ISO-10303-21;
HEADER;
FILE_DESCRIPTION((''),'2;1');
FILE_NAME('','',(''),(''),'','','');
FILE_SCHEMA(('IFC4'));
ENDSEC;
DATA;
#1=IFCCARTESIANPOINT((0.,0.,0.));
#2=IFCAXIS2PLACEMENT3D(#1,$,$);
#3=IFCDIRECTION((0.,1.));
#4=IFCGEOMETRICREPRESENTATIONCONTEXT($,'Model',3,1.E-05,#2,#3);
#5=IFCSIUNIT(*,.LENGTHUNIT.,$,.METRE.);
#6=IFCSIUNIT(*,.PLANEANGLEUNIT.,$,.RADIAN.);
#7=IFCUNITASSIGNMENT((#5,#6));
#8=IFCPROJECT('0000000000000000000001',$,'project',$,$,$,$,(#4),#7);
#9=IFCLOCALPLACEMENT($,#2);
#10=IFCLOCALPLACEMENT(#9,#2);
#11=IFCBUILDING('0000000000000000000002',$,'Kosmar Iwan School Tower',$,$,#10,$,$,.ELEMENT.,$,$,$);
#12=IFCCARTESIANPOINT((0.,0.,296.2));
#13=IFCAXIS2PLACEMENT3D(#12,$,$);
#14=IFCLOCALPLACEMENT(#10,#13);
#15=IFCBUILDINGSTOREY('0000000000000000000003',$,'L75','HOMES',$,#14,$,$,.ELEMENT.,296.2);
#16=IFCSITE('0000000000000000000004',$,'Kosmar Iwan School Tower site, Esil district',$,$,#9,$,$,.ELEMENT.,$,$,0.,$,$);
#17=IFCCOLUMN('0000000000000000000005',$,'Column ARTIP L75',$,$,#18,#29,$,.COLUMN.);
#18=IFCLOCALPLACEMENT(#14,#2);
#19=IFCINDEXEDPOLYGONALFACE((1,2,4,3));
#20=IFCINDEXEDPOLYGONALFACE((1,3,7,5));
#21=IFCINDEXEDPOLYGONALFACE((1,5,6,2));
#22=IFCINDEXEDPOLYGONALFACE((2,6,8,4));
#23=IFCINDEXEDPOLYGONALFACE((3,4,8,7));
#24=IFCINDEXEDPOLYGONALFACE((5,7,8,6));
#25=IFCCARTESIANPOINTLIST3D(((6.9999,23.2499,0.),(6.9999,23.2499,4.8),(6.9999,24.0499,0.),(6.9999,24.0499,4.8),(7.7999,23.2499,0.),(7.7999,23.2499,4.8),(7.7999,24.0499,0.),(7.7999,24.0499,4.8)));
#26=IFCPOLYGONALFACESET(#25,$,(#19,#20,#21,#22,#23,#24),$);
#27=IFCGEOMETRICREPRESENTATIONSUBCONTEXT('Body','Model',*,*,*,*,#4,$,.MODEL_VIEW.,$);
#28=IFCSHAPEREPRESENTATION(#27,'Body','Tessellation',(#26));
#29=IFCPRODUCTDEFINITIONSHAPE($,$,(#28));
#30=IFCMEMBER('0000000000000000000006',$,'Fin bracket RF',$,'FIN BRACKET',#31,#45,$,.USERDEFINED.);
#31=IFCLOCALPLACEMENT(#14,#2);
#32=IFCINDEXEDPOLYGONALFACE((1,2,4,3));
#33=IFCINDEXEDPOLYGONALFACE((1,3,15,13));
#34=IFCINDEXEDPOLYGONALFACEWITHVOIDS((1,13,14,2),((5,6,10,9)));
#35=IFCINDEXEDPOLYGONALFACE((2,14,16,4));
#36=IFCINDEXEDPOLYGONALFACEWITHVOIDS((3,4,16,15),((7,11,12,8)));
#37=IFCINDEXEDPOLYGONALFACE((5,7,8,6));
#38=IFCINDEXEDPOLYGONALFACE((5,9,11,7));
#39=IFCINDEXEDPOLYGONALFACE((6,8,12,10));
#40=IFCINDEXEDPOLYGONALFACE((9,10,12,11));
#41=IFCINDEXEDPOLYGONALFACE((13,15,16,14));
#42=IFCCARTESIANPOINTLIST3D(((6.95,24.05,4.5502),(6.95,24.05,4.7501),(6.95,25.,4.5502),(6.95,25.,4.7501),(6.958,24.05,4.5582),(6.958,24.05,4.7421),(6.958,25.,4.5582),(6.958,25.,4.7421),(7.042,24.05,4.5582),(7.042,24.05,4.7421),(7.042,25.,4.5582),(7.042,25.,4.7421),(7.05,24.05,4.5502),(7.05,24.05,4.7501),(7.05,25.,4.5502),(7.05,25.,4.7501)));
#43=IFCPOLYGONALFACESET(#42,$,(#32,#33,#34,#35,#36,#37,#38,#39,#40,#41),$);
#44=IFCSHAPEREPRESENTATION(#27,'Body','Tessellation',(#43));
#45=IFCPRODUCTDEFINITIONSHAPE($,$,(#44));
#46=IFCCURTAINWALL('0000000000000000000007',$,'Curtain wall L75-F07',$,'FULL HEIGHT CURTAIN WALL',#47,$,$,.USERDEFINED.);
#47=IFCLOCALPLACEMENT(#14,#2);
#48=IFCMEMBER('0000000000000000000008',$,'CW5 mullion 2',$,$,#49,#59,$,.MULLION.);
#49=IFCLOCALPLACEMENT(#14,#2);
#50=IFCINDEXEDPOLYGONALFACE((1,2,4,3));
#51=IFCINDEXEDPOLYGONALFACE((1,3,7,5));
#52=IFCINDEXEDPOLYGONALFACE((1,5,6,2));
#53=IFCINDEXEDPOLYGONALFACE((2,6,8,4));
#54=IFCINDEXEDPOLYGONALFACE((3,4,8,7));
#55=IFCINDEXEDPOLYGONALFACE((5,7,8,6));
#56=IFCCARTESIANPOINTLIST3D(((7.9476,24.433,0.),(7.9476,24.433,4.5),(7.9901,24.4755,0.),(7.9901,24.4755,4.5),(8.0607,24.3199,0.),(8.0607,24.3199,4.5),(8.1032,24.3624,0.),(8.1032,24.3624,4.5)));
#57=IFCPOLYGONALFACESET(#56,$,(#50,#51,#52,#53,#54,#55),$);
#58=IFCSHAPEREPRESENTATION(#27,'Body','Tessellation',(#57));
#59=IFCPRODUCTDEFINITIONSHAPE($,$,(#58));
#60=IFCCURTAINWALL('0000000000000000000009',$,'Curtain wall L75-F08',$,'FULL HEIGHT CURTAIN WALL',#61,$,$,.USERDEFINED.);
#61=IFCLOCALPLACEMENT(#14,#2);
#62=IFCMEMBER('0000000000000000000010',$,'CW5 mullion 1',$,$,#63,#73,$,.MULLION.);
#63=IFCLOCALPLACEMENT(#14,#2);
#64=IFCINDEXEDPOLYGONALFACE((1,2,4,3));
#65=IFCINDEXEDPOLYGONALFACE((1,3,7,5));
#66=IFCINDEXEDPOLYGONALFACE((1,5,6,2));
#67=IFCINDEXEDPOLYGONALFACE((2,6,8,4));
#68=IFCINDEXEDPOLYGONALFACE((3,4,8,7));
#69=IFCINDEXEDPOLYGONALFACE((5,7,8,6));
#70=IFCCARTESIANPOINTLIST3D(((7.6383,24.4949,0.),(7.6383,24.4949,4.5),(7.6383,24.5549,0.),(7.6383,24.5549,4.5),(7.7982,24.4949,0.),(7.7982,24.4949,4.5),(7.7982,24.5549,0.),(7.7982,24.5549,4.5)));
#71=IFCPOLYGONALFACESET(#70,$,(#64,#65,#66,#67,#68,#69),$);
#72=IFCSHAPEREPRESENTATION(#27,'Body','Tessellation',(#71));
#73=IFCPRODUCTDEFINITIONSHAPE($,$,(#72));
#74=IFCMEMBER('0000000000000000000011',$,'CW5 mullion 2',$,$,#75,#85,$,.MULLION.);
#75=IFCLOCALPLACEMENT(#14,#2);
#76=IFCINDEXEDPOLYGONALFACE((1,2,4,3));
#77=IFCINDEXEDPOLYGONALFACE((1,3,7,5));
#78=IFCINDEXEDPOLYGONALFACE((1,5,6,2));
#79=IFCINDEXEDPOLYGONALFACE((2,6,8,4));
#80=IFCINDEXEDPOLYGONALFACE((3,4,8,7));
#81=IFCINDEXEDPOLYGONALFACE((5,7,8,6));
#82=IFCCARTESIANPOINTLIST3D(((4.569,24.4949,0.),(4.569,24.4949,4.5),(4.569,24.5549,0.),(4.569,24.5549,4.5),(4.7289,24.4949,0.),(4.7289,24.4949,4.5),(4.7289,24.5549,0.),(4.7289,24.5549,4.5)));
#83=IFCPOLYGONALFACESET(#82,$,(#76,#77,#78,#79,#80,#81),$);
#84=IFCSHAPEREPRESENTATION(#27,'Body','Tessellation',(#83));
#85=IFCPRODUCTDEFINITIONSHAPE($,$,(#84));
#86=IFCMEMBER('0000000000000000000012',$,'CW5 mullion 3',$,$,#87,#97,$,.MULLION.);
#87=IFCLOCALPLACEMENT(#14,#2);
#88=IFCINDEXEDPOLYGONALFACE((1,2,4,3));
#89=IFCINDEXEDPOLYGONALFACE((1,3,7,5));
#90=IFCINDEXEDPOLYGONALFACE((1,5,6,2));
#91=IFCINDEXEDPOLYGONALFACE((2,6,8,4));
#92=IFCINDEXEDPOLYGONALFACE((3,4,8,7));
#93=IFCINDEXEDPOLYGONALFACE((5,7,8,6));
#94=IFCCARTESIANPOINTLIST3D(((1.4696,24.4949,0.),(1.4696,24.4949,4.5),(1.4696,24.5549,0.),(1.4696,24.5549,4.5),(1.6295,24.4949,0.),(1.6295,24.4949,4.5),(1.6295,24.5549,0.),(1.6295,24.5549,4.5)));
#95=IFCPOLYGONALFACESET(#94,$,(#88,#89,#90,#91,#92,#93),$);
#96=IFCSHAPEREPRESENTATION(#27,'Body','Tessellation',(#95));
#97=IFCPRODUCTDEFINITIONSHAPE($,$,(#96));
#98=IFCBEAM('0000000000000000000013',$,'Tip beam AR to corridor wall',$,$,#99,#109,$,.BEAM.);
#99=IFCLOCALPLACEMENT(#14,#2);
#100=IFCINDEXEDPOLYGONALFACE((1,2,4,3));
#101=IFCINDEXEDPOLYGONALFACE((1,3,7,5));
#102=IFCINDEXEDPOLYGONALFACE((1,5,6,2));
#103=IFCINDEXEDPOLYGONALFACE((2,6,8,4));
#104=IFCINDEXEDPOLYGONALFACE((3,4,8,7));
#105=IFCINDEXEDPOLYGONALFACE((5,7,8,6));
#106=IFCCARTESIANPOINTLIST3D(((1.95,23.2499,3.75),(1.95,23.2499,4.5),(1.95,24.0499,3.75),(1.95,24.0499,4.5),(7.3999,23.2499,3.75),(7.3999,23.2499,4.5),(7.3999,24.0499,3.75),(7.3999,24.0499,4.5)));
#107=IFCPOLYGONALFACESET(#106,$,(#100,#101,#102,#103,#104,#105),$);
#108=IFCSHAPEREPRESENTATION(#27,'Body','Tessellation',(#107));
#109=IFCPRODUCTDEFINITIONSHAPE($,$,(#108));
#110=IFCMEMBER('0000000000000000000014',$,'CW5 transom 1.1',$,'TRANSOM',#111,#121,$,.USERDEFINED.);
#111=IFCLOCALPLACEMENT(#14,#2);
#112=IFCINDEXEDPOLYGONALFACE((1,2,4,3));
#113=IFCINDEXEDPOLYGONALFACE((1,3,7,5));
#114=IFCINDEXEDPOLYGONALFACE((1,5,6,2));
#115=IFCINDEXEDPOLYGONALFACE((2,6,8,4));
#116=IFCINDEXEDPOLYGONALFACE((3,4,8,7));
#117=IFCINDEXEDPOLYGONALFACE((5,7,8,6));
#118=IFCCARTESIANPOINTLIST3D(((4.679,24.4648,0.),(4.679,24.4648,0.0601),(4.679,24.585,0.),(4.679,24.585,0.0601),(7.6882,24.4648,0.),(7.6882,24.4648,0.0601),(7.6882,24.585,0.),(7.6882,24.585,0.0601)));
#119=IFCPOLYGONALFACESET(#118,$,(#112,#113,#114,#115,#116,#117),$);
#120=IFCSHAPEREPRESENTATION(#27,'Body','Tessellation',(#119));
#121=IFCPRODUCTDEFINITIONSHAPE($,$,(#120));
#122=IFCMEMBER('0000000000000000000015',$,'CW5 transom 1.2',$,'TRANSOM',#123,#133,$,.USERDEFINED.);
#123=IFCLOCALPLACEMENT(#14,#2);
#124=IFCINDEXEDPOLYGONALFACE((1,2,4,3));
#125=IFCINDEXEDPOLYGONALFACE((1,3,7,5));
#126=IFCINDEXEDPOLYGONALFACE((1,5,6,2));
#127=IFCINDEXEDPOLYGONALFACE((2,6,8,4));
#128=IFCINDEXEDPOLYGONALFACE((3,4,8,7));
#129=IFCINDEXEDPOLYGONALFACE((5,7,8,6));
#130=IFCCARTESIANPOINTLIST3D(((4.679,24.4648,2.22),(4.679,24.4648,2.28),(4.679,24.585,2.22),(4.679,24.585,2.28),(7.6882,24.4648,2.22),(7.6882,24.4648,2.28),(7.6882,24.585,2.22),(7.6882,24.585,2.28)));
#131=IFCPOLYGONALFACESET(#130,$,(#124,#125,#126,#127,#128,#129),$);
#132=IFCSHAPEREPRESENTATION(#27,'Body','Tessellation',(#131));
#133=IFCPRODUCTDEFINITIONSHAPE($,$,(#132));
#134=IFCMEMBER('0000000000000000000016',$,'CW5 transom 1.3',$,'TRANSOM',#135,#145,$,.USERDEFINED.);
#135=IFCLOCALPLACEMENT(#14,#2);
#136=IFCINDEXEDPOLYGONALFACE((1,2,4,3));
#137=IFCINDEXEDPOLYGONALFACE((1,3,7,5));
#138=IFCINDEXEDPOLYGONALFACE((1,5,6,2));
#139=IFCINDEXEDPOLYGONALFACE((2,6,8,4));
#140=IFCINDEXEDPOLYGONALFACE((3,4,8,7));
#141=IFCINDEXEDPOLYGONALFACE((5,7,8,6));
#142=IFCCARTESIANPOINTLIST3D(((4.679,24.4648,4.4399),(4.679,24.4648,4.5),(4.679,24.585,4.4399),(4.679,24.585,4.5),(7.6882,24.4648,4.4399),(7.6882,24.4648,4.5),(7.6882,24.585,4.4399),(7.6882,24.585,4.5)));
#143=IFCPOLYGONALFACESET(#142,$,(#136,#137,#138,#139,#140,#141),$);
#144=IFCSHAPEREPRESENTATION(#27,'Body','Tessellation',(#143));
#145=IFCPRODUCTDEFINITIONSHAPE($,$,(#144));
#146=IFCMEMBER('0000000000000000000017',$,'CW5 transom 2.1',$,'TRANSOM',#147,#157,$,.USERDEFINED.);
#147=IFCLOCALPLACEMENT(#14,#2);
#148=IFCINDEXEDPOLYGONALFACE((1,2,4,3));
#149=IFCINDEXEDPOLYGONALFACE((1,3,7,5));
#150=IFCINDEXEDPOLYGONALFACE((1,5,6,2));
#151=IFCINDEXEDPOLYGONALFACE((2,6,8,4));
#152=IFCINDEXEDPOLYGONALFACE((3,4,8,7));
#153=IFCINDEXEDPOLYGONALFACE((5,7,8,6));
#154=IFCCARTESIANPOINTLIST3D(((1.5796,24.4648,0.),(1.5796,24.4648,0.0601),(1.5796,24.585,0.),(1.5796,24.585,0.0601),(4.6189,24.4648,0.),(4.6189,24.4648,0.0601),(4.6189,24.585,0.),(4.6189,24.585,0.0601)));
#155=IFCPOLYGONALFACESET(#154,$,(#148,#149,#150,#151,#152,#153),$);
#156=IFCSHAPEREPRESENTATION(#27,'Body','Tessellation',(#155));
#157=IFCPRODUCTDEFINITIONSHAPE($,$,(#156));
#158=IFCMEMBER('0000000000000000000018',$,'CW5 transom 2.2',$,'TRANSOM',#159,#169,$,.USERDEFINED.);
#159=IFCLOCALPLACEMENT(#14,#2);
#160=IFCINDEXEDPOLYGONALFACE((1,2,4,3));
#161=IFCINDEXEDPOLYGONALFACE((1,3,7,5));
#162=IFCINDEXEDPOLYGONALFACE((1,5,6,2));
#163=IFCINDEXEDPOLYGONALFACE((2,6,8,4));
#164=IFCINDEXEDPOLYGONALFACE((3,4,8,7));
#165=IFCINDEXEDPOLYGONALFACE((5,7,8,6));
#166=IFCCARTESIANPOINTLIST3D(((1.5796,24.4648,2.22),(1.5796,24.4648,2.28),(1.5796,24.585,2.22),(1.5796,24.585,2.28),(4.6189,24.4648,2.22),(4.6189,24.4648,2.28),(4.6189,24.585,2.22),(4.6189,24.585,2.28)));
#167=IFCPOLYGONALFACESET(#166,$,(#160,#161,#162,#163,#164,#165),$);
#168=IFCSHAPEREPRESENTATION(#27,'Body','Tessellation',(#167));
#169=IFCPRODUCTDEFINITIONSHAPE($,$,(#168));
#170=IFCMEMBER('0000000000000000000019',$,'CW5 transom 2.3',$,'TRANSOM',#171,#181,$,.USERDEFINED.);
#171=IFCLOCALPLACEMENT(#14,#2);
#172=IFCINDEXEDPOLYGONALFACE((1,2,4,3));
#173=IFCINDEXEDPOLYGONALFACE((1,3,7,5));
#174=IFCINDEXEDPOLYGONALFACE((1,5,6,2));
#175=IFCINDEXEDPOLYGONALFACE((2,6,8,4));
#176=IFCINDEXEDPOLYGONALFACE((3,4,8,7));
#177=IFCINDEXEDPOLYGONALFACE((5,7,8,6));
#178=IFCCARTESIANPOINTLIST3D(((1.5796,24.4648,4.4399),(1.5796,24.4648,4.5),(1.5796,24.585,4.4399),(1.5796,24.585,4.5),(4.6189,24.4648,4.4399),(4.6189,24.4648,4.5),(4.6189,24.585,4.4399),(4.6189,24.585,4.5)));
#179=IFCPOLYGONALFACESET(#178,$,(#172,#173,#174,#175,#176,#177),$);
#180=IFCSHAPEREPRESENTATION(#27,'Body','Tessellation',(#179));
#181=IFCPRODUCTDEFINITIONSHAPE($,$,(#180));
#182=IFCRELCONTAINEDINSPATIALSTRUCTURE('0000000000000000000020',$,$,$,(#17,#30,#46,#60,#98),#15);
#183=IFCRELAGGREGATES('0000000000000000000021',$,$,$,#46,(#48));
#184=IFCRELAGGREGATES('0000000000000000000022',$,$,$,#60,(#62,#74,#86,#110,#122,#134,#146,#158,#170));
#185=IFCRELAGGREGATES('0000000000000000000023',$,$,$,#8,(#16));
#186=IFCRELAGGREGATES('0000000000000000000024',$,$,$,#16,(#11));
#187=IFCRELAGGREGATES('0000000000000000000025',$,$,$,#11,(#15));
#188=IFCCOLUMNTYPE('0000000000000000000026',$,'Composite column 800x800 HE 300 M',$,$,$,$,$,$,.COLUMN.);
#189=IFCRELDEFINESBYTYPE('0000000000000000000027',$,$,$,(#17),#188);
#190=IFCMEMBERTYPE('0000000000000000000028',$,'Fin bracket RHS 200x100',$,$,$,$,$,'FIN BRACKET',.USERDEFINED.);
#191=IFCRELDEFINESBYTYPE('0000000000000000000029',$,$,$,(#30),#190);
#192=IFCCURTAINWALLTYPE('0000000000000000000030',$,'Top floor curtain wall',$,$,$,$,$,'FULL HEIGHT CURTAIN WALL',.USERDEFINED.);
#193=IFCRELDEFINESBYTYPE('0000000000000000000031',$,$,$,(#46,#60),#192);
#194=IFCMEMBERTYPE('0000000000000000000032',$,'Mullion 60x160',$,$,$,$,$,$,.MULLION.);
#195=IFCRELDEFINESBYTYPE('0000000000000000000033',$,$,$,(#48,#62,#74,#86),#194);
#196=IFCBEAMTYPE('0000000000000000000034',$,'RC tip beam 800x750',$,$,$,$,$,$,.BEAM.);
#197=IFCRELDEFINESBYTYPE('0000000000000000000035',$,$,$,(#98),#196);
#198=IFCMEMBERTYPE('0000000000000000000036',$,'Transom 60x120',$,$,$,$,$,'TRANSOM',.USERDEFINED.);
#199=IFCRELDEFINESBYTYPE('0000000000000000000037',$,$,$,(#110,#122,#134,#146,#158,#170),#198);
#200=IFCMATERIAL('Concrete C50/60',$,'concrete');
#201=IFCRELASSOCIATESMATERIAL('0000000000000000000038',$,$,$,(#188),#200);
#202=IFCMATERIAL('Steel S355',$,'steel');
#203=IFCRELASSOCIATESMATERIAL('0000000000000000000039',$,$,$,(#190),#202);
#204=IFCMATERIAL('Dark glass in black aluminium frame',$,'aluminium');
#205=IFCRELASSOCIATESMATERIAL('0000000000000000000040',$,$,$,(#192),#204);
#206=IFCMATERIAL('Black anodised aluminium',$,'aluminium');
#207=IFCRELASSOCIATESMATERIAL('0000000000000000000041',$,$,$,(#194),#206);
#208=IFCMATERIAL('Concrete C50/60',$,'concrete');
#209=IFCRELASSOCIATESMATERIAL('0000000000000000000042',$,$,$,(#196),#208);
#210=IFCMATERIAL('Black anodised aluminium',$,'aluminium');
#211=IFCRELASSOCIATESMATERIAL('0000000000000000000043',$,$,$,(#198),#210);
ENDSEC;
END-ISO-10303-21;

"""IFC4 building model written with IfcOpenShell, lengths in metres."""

from ifc_helpers import new_model, si_unit, direction, frame, origin, origin_2d, place, context, subcontext, project, spatial, rectangle, hollow_rectangle, extrude, material, material_profile, profile_set, type_object, element, aggregate, save


model = new_model("IFC4")

# Units and contexts
model_context = context("Model", 3, precision=1e-05, world=origin(), true_north=direction((0.0, 1.0)))
body_context = subcontext(model_context, "Body", "Model", "MODEL_VIEW")
ifc_project = project(units=[si_unit("LENGTHUNIT", "METRE"), si_unit("PLANEANGLEUNIT", "RADIAN")], contexts=[model_context])

# Site, building, storey
site_placement = place(None, origin())
site = spatial("IfcSite", under=ifc_project, at=site_placement, Name="Kosmar Iwan School Tower site, Esil district", CompositionType="ELEMENT", RefElevation=0.0)
building_placement = place(site_placement, origin())
building = spatial("IfcBuilding", under=site, at=building_placement, Name="Kosmar Iwan School Tower", CompositionType="ELEMENT")
storey_placement = place(building_placement, frame((0.0, 0.0, 296.2)))
storey = spatial("IfcBuildingStorey", under=building, at=storey_placement, Name="L75", Description="HOMES", CompositionType="ELEMENT", Elevation=296.2)

# Column
ifc_material_1 = material(Name="Concrete C50/60", Category="concrete")
ifc_material_profile_1 = material_profile(ifc_material_1, rectangle(XDim=0.8, YDim=0.8, at=origin_2d()), Name="RC 800x800 + HE 300 M")
ifc_profile_set_1 = profile_set([ifc_material_profile_1], Name="Concrete C50/60")
column_type = type_object("IfcColumnType", Name="Composite column 800x800 HE 300 M", PredefinedType="COLUMN", material=ifc_profile_set_1)
column_placement = place(storey_placement, frame((7.3999, 23.6499, 0.0), z_axis=(0.0, 0.0, 1.0), x_axis=(0.0, 1.0, 0.0)))
element("IfcColumn", 1, at=column_placement, inside=storey, type_object=column_type, Name="Column ARTIP L75", PredefinedType="COLUMN", context=body_context, shape_type="SweptSolid", body=[
    extrude(rectangle(XDim=0.8, YDim=0.8, at=origin_2d()), origin(), (0.0, 0.0, 1.0), 4.8),
])

# Member
ifc_material_2 = material(Name="Steel S355", Category="steel")
ifc_material_profile_2 = material_profile(ifc_material_2, hollow_rectangle(XDim=0.1001, YDim=0.2, WallThickness=0.0081, at=origin_2d()), Name="RHS 200x100x8")
ifc_profile_set_2 = profile_set([ifc_material_profile_2], Name="Steel S355")
member_type_1 = type_object("IfcMemberType", Name="Fin bracket RHS 200x100", ElementType="FIN BRACKET", PredefinedType="USERDEFINED", material=ifc_profile_set_2)
member_1_placement = place(storey_placement, frame((7.0, 24.05, 4.6501), z_axis=(0.0, 1.0, 0.0), x_axis=(-1.0, 0.0, 0.0)))
element("IfcMember", 2, at=member_1_placement, inside=storey, type_object=member_type_1, Name="Fin bracket RF", ObjectType="FIN BRACKET", PredefinedType="USERDEFINED", context=body_context, shape_type="SweptSolid", body=[
    extrude(hollow_rectangle(XDim=0.1001, YDim=0.2, WallThickness=0.0081, at=origin_2d()), origin(), (0.0, 0.0, 1.0), 0.95),
])

# Curtain wall, member
ifc_material_3 = material(Name="Dark glass in black aluminium frame", Category="aluminium")
curtain_wall_type = type_object("IfcCurtainWallType", Name="Top floor curtain wall", ElementType="FULL HEIGHT CURTAIN WALL", PredefinedType="USERDEFINED", material=ifc_material_3)
curtain_wall_1_placement = place(storey_placement, origin())
curtain_wall_1 = element("IfcCurtainWall", 3, at=curtain_wall_1_placement, inside=storey, type_object=curtain_wall_type, Name="Curtain wall L75-F07", ObjectType="FULL HEIGHT CURTAIN WALL", PredefinedType="USERDEFINED")
ifc_material_4 = material(Name="Black anodised aluminium", Category="aluminium")
ifc_material_profile_3 = material_profile(ifc_material_4, rectangle(XDim=0.0601, YDim=0.1599, at=origin_2d()), Name="MULLION 60x160")
ifc_profile_set_3 = profile_set([ifc_material_profile_3], Name="Black anodised aluminium")
member_type_2 = type_object("IfcMemberType", Name="Mullion 60x160", PredefinedType="MULLION", material=ifc_profile_set_3)
member_2_placement = place(storey_placement, frame((8.0254, 24.3977, 0.0), z_axis=(0.0, 0.0, 1.0), x_axis=(-0.707107, -0.707107, 0.0)))
member_2 = element("IfcMember", 4, at=member_2_placement, type_object=member_type_2, Name="CW5 mullion 2", PredefinedType="MULLION", context=body_context, shape_type="SweptSolid", body=[
    extrude(rectangle(XDim=0.0601, YDim=0.1599, at=origin_2d()), origin(), (0.0, 0.0, 1.0), 4.5),
])

# Curtain wall, members
curtain_wall_2_placement = place(storey_placement, origin())
curtain_wall_2 = element("IfcCurtainWall", 5, at=curtain_wall_2_placement, inside=storey, type_object=curtain_wall_type, Name="Curtain wall L75-F08", ObjectType="FULL HEIGHT CURTAIN WALL", PredefinedType="USERDEFINED")
member_3_placement = place(storey_placement, frame((7.7183, 24.5249, 0.0), z_axis=(0.0, 0.0, 1.0), x_axis=(0.0, -1.0, 0.0)))
member_3 = element("IfcMember", 6, at=member_3_placement, type_object=member_type_2, Name="CW5 mullion 1", PredefinedType="MULLION", context=body_context, shape_type="SweptSolid", body=[
    extrude(rectangle(XDim=0.0601, YDim=0.1599, at=origin_2d()), origin(), (0.0, 0.0, 1.0), 4.5),
])
member_4_placement = place(storey_placement, frame((4.6489, 24.5249, 0.0), z_axis=(0.0, 0.0, 1.0), x_axis=(0.0, -1.0, 0.0)))
member_4 = element("IfcMember", 7, at=member_4_placement, type_object=member_type_2, Name="CW5 mullion 2", PredefinedType="MULLION", context=body_context, shape_type="SweptSolid", body=[
    extrude(rectangle(XDim=0.0601, YDim=0.1599, at=origin_2d()), origin(), (0.0, 0.0, 1.0), 4.5),
])
member_5_placement = place(storey_placement, frame((1.5496, 24.5249, 0.0), z_axis=(0.0, 0.0, 1.0), x_axis=(0.0, -1.0, 0.0)))
member_5 = element("IfcMember", 8, at=member_5_placement, type_object=member_type_2, Name="CW5 mullion 3", PredefinedType="MULLION", context=body_context, shape_type="SweptSolid", body=[
    extrude(rectangle(XDim=0.0601, YDim=0.1599, at=origin_2d()), origin(), (0.0, 0.0, 1.0), 4.5),
])

# Beam
ifc_material_5 = material(Name="Concrete C50/60", Category="concrete")
ifc_material_profile_4 = material_profile(ifc_material_5, rectangle(XDim=0.8, YDim=0.75, at=origin_2d()), Name="RC 800x750")
ifc_profile_set_4 = profile_set([ifc_material_profile_4], Name="Concrete C50/60")
beam_type = type_object("IfcBeamType", Name="RC tip beam 800x750", PredefinedType="BEAM", material=ifc_profile_set_4)
beam_placement = place(storey_placement, frame((7.3999, 23.6499, 4.125), z_axis=(-1.0, 0.0, 0.0), x_axis=(0.0, -1.0, 0.0)))
element("IfcBeam", 9, at=beam_placement, inside=storey, type_object=beam_type, Name="Tip beam AR to corridor wall", PredefinedType="BEAM", context=body_context, shape_type="SweptSolid", body=[
    extrude(rectangle(XDim=0.8, YDim=0.75, at=origin_2d()), origin(), (0.0, 0.0, 1.0), 5.45),
])

# Members
ifc_material_6 = material(Name="Black anodised aluminium", Category="aluminium")
ifc_material_profile_5 = material_profile(ifc_material_6, rectangle(XDim=0.1201, YDim=0.0601, at=origin_2d()), Name="TRANSOM 60x120")
ifc_profile_set_5 = profile_set([ifc_material_profile_5], Name="Black anodised aluminium")
member_type_3 = type_object("IfcMemberType", Name="Transom 60x120", ElementType="TRANSOM", PredefinedType="USERDEFINED", material=ifc_profile_set_5)
member_6_placement = place(storey_placement, frame((7.6882, 24.5249, 0.03), z_axis=(-1.0, 0.0, 0.0), x_axis=(0.0, -1.0, 0.0)))
member_6 = element("IfcMember", 10, at=member_6_placement, type_object=member_type_3, Name="CW5 transom 1.1", ObjectType="TRANSOM", PredefinedType="USERDEFINED", context=body_context, shape_type="SweptSolid", body=[
    extrude(rectangle(XDim=0.1201, YDim=0.0601, at=origin_2d()), origin(), (0.0, 0.0, 1.0), 3.0093),
])
member_7_placement = place(storey_placement, frame((7.6882, 24.5249, 2.25), z_axis=(-1.0, 0.0, 0.0), x_axis=(0.0, -1.0, 0.0)))
member_7 = element("IfcMember", 11, at=member_7_placement, type_object=member_type_3, Name="CW5 transom 1.2", ObjectType="TRANSOM", PredefinedType="USERDEFINED", context=body_context, shape_type="SweptSolid", body=[
    extrude(rectangle(XDim=0.1201, YDim=0.0601, at=origin_2d()), origin(), (0.0, 0.0, 1.0), 3.0093),
])
member_8_placement = place(storey_placement, frame((7.6882, 24.5249, 4.47), z_axis=(-1.0, 0.0, 0.0), x_axis=(0.0, -1.0, 0.0)))
member_8 = element("IfcMember", 12, at=member_8_placement, type_object=member_type_3, Name="CW5 transom 1.3", ObjectType="TRANSOM", PredefinedType="USERDEFINED", context=body_context, shape_type="SweptSolid", body=[
    extrude(rectangle(XDim=0.1201, YDim=0.0601, at=origin_2d()), origin(), (0.0, 0.0, 1.0), 3.0093),
])
member_9_placement = place(storey_placement, frame((4.6189, 24.5249, 0.03), z_axis=(-1.0, 0.0, 0.0), x_axis=(0.0, -1.0, 0.0)))
member_9 = element("IfcMember", 13, at=member_9_placement, type_object=member_type_3, Name="CW5 transom 2.1", ObjectType="TRANSOM", PredefinedType="USERDEFINED", context=body_context, shape_type="SweptSolid", body=[
    extrude(rectangle(XDim=0.1201, YDim=0.0601, at=origin_2d()), origin(), (0.0, 0.0, 1.0), 3.0393),
])
member_10_placement = place(storey_placement, frame((4.6189, 24.5249, 2.25), z_axis=(-1.0, 0.0, 0.0), x_axis=(0.0, -1.0, 0.0)))
member_10 = element("IfcMember", 14, at=member_10_placement, type_object=member_type_3, Name="CW5 transom 2.2", ObjectType="TRANSOM", PredefinedType="USERDEFINED", context=body_context, shape_type="SweptSolid", body=[
    extrude(rectangle(XDim=0.1201, YDim=0.0601, at=origin_2d()), origin(), (0.0, 0.0, 1.0), 3.0393),
])
member_11_placement = place(storey_placement, frame((4.6189, 24.5249, 4.47), z_axis=(-1.0, 0.0, 0.0), x_axis=(0.0, -1.0, 0.0)))
member_11 = element("IfcMember", 15, at=member_11_placement, type_object=member_type_3, Name="CW5 transom 2.3", ObjectType="TRANSOM", PredefinedType="USERDEFINED", context=body_context, shape_type="SweptSolid", body=[
    extrude(rectangle(XDim=0.1201, YDim=0.0601, at=origin_2d()), origin(), (0.0, 0.0, 1.0), 3.0393),
])

aggregate(curtain_wall_1, [member_2])
aggregate(curtain_wall_2, [member_3, member_4, member_5, member_6, member_7, member_8, member_9, member_10, member_11])

save(model, "model.ifc")
